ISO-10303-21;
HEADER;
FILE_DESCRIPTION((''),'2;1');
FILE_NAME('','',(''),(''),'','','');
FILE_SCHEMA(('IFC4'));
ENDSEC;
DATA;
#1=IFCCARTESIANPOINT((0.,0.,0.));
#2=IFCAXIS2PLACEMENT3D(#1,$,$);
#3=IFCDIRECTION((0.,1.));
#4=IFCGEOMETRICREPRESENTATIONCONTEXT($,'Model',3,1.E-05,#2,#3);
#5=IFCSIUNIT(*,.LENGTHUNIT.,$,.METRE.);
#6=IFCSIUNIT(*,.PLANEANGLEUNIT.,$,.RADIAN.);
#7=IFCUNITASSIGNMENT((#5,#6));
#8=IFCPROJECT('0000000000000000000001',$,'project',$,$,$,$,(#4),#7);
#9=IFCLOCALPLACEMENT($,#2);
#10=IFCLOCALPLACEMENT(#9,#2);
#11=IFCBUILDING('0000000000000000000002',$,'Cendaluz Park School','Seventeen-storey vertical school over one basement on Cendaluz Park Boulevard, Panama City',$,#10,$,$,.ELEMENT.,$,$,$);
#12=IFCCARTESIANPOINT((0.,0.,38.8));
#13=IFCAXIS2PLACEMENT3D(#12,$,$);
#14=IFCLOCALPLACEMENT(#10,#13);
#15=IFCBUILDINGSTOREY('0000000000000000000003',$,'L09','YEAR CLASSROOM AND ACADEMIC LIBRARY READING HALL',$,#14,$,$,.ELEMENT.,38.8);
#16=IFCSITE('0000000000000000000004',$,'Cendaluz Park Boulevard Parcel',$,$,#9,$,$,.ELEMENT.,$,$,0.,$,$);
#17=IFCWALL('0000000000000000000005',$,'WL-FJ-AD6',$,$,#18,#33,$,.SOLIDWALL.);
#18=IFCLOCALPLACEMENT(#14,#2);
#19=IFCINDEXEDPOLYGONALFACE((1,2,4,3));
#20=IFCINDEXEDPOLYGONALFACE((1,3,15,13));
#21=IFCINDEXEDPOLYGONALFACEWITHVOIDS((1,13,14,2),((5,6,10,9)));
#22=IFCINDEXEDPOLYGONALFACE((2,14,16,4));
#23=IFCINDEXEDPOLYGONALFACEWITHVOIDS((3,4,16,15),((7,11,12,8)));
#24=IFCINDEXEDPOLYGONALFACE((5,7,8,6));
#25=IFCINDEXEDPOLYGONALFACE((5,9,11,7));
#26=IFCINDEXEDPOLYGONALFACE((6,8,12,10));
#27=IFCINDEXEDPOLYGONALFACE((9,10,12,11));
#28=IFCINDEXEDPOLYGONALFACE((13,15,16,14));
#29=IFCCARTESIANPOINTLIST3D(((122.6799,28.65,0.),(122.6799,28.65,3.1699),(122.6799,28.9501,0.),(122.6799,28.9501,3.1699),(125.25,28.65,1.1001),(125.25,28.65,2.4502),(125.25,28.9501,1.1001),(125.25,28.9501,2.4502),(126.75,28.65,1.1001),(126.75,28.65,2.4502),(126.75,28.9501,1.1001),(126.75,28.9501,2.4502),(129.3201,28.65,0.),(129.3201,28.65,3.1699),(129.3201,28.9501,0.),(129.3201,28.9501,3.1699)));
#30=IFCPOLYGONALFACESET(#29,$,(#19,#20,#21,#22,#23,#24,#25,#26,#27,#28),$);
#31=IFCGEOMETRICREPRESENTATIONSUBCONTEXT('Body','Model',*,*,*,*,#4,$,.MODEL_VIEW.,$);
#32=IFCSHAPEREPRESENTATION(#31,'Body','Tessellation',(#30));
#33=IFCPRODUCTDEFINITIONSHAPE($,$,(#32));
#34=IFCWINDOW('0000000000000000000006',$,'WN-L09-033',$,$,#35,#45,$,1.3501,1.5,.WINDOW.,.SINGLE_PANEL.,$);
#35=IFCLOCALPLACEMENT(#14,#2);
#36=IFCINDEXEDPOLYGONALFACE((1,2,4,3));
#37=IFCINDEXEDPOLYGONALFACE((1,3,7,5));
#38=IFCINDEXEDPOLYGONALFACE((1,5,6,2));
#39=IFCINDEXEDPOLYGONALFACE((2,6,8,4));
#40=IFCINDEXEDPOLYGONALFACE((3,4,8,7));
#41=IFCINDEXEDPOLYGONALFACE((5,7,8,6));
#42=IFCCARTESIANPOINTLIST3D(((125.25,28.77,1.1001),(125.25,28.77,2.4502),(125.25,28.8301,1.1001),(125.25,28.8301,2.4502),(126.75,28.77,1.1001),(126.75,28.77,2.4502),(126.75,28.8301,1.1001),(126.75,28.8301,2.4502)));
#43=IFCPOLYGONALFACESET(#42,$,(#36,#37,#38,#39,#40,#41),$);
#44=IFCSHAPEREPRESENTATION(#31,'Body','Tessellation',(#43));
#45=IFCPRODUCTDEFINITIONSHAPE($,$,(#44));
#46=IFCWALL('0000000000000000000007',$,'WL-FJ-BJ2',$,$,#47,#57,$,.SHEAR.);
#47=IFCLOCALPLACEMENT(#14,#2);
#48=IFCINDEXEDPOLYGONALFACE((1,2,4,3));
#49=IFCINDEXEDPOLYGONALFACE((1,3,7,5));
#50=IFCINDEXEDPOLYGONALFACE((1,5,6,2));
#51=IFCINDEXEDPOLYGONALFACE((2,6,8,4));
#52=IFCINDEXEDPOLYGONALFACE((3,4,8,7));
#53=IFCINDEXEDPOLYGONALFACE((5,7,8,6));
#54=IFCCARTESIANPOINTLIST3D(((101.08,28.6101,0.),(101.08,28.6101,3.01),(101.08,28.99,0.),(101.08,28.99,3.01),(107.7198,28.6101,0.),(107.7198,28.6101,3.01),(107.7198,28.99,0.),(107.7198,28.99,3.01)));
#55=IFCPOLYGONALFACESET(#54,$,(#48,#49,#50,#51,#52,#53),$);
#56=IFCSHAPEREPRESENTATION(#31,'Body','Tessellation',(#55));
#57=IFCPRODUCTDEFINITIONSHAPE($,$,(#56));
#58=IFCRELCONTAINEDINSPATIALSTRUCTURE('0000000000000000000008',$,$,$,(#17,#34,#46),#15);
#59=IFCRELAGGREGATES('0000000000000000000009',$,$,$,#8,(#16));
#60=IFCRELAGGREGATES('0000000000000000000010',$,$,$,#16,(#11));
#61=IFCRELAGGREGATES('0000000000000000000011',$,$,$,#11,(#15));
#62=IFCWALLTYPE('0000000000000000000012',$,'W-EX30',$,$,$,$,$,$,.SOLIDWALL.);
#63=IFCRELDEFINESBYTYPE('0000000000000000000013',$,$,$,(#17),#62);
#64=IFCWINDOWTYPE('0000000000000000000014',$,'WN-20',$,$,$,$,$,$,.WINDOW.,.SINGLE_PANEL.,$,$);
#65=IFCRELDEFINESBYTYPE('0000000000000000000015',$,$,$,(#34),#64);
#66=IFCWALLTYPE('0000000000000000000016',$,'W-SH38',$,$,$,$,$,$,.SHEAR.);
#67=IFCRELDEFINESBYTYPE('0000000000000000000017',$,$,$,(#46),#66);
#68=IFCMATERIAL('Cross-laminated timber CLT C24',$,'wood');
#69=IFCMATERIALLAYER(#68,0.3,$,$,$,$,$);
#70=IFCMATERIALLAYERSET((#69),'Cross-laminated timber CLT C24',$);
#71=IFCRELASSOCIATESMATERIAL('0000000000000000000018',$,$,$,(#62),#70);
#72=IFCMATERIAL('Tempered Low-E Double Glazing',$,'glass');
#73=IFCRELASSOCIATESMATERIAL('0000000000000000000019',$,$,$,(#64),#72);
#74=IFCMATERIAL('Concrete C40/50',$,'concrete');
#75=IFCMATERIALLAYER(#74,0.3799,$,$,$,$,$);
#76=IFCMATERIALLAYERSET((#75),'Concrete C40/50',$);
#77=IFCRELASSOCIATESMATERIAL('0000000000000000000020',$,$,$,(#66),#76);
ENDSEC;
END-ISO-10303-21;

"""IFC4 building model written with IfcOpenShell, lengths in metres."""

from ifc_helpers import new_model, si_unit, direction, frame, frame_2d, origin, place, context, subcontext, project, spatial, rectangle, extrude, material, layer, layer_set, type_object, element, fill, save


model = new_model("IFC4")

# Units and contexts
model_context = context("Model", 3, precision=1e-05, world=origin(), true_north=direction((0.0, 1.0)))
body_context = subcontext(model_context, "Body", "Model", "MODEL_VIEW")
ifc_project = project(units=[si_unit("LENGTHUNIT", "METRE"), si_unit("PLANEANGLEUNIT", "RADIAN")], contexts=[model_context])

# Site, building, storey
site_placement = place(None, origin())
site = spatial("IfcSite", under=ifc_project, at=site_placement, Name="Cendaluz Park Boulevard Parcel", CompositionType="ELEMENT", RefElevation=0.0)
building_placement = place(site_placement, origin())
building = spatial("IfcBuilding", under=site, at=building_placement, Name="Cendaluz Park School", Description="Seventeen-storey vertical school over one basement on Cendaluz Park Boulevard, Panama City", CompositionType="ELEMENT")
storey_placement = place(building_placement, frame((0.0, 0.0, 38.8)))
storey = spatial("IfcBuildingStorey", under=building, at=storey_placement, Name="L09", Description="YEAR CLASSROOM AND ACADEMIC LIBRARY READING HALL", CompositionType="ELEMENT", Elevation=38.8)

# Shared definitions
ifc_material_1 = material(Name="Cross-laminated timber CLT C24", Category="wood")
ifc_layer_1 = layer(ifc_material_1, 0.3)
ifc_layer_set_1 = layer_set([ifc_layer_1], Name="Cross-laminated timber CLT C24")
wall_type_1 = type_object("IfcWallType", Name="W-EX30", PredefinedType="SOLIDWALL", material=ifc_layer_set_1)

# Wall, opening, window
ifc_material_2 = material(Name="Tempered Low-E Double Glazing", Category="glass")
window_type = type_object("IfcWindowType", Name="WN-20", PartitioningType="SINGLE_PANEL", PredefinedType="WINDOW", material=ifc_material_2)
wall_1_placement = place(storey_placement, frame((122.6799, 28.8, 0.0), z_axis=(0.0, 0.0, 1.0), x_axis=(1.0, 0.0, 0.0)))
wall_1 = element("IfcWall", 1, at=wall_1_placement, inside=storey, type_object=wall_type_1, Name="WL-FJ-AD6", PredefinedType="SOLIDWALL", context=body_context, shape_type="SweptSolid", body=[
    extrude(rectangle(XDim=6.6401, YDim=0.3, at=frame_2d((3.3201, 0.0))), origin(), (0.0, 0.0, 1.0), 3.1699),
])
opening_1_placement = place(wall_1_placement, frame((2.5701, 0.0, 1.1001)))
opening_1 = element("IfcOpeningElement", 2, at=opening_1_placement, cuts=wall_1, PredefinedType="OPENING", context=body_context, shape_type="SweptSolid", body=[
    extrude(rectangle(XDim=1.5, YDim=1.3501, at=frame_2d((0.75, 0.675))), frame((0.0, 0.1621, 0.0), z_axis=(0.0, -1.0, 0.0), x_axis=(1.0, 0.0, 0.0)), (0.0, 0.0, 1.0), 0.324),
])
window_1_placement = place(opening_1_placement, origin())
window_1 = element("IfcWindow", 3, at=window_1_placement, inside=storey, type_object=window_type, Name="WN-L09-033", OverallHeight=1.3501, OverallWidth=1.5, PartitioningType="SINGLE_PANEL", PredefinedType="WINDOW", context=body_context, shape_type="SweptSolid", body=[
    extrude(rectangle(XDim=1.5, YDim=1.3501, at=frame_2d((0.75, 0.675))), frame((0.0, 0.03, 0.0), z_axis=(0.0, -1.0, 0.0), x_axis=(1.0, 0.0, 0.0)), (0.0, 0.0, 1.0), 0.0601),
])
fill(opening_1, window_1)

# Wall
ifc_material_3 = material(Name="Concrete C40/50", Category="concrete")
ifc_layer_2 = layer(ifc_material_3, 0.3799)
ifc_layer_set_2 = layer_set([ifc_layer_2], Name="Concrete C40/50")
wall_type_2 = type_object("IfcWallType", Name="W-SH38", PredefinedType="SHEAR", material=ifc_layer_set_2)
wall_2_placement = place(storey_placement, frame((101.0801, 28.8, 0.0), z_axis=(0.0, 0.0, 1.0), x_axis=(1.0, 0.0, 0.0)))
element("IfcWall", 4, at=wall_2_placement, inside=storey, type_object=wall_type_2, Name="WL-FJ-BJ2", PredefinedType="SHEAR", context=body_context, shape_type="SweptSolid", body=[
    extrude(rectangle(XDim=6.6399, YDim=0.3799, at=frame_2d((3.3198, 0.0))), origin(), (0.0, 0.0, 1.0), 3.01),
])

save(model, "model.ifc")
